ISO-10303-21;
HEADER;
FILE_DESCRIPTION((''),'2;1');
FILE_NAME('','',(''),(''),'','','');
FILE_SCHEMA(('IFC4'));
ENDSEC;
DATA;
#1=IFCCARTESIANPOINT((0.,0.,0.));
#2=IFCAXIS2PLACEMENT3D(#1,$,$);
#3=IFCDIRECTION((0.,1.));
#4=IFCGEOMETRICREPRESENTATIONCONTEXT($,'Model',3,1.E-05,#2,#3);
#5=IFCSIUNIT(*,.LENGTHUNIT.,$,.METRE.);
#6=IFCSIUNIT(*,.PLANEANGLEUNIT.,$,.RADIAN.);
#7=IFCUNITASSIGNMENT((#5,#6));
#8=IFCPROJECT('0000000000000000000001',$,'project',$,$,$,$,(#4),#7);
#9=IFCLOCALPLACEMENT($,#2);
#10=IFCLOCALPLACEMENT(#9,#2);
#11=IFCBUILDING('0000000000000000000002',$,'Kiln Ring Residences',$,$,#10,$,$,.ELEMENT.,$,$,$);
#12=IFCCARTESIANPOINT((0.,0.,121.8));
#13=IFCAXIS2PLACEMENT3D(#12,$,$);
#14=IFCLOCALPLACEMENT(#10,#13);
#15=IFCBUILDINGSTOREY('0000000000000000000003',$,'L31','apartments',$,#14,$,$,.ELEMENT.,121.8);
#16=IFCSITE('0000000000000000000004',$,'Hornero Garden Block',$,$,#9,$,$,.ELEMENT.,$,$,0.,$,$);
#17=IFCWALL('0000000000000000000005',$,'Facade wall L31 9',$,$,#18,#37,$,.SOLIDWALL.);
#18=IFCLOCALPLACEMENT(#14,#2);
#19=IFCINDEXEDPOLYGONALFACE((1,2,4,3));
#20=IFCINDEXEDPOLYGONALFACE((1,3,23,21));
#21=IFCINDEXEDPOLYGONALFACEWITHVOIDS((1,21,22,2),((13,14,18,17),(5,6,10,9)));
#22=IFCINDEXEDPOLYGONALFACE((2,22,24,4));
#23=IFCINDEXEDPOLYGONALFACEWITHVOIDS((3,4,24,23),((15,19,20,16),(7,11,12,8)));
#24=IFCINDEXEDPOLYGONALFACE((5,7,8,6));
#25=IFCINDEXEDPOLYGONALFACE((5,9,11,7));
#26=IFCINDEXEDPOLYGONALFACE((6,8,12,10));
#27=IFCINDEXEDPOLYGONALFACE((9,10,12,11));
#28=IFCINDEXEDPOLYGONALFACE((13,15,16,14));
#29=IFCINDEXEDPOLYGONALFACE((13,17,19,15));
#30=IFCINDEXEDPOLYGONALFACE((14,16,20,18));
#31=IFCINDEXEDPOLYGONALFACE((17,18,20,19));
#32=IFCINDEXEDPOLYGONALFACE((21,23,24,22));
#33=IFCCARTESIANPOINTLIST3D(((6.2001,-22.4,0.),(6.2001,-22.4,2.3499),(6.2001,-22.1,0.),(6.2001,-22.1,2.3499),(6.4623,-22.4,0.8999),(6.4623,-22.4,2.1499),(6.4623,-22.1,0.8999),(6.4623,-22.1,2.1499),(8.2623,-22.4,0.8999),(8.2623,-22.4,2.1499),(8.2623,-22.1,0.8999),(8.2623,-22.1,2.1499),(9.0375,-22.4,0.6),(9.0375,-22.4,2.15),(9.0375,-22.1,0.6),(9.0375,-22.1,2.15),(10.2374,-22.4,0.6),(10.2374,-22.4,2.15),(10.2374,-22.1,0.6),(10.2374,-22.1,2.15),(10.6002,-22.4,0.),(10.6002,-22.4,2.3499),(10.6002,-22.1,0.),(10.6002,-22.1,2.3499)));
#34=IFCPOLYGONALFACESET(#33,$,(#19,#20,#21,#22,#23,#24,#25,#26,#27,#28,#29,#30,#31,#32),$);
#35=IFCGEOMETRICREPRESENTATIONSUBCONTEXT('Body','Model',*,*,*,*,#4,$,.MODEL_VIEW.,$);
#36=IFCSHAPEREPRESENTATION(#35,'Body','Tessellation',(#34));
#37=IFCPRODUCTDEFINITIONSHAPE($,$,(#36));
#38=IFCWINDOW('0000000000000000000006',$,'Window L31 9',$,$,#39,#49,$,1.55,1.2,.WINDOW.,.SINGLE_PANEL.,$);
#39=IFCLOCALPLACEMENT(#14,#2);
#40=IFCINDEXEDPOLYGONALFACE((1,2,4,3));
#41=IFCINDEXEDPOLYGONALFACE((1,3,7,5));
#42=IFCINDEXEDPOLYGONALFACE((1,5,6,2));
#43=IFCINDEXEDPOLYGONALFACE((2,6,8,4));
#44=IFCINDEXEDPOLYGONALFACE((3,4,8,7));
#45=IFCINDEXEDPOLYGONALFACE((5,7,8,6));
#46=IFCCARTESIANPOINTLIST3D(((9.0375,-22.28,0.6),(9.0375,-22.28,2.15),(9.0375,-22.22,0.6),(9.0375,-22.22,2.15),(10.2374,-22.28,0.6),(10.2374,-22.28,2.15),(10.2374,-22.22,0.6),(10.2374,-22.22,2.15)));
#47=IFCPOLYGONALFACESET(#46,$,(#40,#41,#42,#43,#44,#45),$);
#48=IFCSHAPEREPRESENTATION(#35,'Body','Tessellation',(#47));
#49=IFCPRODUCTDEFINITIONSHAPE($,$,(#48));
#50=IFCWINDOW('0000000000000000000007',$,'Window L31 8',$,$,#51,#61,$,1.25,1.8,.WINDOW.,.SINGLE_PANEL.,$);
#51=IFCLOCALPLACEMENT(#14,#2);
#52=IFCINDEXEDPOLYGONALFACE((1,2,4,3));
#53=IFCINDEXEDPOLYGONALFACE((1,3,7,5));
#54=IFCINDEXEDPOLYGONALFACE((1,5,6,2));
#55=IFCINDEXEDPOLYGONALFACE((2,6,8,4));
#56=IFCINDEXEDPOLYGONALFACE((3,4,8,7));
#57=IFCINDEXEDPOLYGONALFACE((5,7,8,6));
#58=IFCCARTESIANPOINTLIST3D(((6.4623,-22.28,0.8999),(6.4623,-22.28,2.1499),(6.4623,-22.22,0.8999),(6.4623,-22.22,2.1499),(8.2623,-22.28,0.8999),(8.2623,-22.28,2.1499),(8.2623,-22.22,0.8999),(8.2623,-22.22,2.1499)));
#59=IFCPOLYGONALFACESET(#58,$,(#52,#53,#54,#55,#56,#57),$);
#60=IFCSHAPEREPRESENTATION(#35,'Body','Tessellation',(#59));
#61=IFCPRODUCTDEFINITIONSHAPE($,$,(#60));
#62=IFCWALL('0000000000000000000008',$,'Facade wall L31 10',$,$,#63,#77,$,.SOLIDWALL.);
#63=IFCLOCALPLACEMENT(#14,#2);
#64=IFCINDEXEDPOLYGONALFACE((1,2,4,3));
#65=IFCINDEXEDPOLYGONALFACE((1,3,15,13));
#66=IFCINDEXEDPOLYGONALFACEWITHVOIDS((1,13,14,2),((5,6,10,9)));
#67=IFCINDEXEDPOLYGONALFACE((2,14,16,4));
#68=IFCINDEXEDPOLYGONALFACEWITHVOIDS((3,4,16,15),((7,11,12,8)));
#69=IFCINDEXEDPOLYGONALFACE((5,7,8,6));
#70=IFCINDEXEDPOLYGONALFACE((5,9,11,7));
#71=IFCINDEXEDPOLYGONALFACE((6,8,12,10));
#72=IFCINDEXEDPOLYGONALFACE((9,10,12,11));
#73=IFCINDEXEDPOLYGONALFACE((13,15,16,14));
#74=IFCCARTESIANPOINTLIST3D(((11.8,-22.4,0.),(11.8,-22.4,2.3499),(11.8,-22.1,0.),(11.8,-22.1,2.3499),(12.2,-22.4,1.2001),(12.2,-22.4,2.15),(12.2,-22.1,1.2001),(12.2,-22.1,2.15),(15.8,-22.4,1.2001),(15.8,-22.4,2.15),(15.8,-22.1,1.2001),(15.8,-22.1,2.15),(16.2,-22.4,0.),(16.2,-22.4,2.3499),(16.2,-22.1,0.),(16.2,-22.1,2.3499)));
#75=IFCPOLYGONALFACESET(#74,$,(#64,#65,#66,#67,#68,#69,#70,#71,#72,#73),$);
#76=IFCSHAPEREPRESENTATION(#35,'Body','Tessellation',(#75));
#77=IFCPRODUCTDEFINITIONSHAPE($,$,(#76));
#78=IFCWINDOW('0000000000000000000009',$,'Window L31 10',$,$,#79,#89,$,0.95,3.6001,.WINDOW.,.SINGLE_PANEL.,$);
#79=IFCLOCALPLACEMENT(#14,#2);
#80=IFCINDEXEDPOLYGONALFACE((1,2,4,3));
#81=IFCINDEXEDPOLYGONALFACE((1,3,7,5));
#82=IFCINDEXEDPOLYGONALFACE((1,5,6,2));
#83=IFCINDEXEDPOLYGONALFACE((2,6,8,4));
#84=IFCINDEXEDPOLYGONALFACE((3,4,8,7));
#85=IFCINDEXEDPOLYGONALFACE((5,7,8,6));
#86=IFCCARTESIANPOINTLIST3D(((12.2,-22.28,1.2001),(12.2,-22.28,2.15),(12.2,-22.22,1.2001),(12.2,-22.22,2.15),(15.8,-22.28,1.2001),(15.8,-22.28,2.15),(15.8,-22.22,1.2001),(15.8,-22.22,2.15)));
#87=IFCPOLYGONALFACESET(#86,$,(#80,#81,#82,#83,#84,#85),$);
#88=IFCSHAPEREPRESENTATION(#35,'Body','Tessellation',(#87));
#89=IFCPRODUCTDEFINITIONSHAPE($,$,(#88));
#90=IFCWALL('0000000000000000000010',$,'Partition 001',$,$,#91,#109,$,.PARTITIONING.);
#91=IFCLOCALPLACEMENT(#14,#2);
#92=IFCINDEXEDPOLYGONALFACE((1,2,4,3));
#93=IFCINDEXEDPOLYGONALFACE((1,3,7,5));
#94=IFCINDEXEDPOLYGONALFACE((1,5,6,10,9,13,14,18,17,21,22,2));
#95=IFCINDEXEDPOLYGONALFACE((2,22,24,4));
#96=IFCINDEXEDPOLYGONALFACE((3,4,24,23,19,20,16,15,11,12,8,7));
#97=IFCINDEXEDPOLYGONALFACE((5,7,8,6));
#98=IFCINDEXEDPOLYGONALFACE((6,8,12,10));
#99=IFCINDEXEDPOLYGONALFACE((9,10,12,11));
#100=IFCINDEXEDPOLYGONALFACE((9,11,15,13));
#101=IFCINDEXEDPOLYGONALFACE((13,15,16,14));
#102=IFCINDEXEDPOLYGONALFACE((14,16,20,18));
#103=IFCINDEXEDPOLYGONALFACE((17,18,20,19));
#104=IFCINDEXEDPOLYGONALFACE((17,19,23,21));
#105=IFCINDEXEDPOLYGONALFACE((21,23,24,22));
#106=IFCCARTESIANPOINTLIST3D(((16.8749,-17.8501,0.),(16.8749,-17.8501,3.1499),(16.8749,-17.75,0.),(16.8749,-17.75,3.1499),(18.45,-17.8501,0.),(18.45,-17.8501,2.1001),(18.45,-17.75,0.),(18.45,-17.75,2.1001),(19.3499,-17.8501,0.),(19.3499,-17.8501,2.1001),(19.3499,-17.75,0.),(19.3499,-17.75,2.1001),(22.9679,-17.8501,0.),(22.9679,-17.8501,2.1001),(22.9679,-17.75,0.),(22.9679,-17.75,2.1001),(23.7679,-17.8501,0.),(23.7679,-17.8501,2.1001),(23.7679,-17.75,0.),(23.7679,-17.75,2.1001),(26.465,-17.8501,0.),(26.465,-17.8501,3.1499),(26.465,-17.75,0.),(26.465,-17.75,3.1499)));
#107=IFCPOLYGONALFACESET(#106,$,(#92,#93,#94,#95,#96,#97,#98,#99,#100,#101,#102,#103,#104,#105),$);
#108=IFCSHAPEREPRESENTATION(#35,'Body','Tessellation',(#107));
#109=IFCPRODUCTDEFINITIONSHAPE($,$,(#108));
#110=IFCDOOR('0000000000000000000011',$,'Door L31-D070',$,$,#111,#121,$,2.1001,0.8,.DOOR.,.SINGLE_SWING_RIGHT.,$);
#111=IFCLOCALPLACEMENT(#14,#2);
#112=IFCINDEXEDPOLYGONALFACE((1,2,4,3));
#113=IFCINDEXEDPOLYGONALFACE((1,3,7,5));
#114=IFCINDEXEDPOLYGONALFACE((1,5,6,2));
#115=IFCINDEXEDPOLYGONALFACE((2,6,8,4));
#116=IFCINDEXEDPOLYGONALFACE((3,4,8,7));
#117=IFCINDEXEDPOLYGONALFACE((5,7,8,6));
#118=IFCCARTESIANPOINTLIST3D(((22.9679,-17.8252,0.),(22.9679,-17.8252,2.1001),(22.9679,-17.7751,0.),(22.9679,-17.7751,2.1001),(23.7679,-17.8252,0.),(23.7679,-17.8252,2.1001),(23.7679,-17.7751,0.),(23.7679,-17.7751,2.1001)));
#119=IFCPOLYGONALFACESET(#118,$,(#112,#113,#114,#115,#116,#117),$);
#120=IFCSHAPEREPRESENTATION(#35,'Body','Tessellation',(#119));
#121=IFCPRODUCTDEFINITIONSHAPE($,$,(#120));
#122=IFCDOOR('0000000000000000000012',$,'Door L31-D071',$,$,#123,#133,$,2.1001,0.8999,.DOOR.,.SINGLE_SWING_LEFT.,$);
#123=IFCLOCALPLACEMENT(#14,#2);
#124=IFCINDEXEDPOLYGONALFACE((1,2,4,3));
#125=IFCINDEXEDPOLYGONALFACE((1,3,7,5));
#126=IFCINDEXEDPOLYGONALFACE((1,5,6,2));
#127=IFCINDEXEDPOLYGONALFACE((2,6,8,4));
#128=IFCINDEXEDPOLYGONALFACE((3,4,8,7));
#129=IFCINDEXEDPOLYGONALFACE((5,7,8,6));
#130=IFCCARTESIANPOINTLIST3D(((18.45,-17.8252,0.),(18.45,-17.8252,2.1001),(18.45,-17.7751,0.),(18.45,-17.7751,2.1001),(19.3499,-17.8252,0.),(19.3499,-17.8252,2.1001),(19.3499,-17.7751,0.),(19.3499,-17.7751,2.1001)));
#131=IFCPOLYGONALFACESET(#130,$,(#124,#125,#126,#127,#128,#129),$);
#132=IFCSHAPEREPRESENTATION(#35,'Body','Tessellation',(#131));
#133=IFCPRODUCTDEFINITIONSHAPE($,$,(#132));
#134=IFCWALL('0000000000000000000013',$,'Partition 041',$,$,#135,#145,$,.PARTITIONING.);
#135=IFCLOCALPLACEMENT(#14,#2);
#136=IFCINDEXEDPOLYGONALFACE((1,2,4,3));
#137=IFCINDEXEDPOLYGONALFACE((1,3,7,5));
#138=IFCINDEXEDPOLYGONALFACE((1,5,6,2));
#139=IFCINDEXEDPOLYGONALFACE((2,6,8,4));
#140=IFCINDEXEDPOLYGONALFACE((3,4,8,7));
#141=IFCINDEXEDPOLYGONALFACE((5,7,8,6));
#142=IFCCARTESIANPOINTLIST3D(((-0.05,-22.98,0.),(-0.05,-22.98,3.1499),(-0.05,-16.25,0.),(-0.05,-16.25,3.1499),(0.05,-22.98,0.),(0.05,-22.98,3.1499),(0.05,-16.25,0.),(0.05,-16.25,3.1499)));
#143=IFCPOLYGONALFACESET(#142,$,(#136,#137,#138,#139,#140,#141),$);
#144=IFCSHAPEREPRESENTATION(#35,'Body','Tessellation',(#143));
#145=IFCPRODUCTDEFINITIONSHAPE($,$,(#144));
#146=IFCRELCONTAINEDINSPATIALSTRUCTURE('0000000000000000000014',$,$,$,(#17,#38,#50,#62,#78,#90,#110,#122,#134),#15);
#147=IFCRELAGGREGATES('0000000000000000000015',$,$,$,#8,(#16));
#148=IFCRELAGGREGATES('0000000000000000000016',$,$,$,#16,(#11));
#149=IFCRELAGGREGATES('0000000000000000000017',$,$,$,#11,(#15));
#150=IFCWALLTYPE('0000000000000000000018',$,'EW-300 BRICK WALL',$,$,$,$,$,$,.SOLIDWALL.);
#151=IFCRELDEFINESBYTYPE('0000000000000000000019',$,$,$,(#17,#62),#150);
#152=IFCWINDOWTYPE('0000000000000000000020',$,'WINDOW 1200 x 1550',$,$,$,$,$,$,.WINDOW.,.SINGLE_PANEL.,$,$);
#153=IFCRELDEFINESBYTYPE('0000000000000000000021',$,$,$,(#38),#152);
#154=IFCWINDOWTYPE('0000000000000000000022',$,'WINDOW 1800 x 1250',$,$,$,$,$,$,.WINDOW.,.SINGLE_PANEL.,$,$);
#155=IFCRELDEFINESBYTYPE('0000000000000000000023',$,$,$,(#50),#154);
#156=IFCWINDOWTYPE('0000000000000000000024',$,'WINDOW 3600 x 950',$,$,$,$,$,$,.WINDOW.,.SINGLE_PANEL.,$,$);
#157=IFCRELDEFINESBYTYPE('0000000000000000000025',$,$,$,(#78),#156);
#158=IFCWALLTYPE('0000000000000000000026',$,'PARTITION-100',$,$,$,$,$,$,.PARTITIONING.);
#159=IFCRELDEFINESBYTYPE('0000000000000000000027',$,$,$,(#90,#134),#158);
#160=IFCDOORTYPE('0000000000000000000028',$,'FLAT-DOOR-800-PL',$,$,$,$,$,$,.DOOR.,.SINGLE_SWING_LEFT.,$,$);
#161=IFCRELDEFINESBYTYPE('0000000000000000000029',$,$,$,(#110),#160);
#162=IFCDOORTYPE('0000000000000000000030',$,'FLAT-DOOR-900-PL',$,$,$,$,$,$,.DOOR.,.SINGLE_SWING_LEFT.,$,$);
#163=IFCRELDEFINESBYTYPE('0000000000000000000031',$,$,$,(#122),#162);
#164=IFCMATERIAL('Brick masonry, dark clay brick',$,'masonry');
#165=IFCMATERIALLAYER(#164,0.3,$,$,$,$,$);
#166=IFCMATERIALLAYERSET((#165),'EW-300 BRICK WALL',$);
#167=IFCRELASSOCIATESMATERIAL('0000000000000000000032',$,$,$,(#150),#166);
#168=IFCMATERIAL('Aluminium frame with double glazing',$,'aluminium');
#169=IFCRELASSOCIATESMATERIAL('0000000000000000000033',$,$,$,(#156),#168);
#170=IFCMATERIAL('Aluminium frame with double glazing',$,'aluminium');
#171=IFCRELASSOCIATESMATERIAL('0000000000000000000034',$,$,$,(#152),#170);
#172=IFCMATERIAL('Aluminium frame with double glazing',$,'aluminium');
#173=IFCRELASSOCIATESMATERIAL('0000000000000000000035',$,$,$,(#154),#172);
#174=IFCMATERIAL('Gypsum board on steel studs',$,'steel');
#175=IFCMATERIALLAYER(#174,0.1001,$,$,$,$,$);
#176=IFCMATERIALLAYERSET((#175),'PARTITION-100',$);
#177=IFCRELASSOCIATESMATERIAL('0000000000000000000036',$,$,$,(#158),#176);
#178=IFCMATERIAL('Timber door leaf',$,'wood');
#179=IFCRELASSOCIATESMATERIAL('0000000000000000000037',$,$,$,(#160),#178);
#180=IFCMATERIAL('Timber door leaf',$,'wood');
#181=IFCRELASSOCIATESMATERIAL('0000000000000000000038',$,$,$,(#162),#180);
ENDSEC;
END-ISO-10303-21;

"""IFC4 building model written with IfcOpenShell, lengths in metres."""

from ifc_helpers import new_model, si_unit, direction, frame, frame_2d, origin, place, context, subcontext, project, spatial, rectangle, extrude, material, layer, layer_set, type_object, element, fill, save


model = new_model("IFC4")

# Units and contexts
model_context = context("Model", 3, precision=1e-05, world=origin(), true_north=direction((0.0, 1.0)))
body_context = subcontext(model_context, "Body", "Model", "MODEL_VIEW")
ifc_project = project(units=[si_unit("LENGTHUNIT", "METRE"), si_unit("PLANEANGLEUNIT", "RADIAN")], contexts=[model_context])

# Site, building, storey
site_placement = place(None, origin())
site = spatial("IfcSite", under=ifc_project, at=site_placement, Name="Hornero Garden Block", CompositionType="ELEMENT", RefElevation=0.0)
building_placement = place(site_placement, origin())
building = spatial("IfcBuilding", under=site, at=building_placement, Name="Kiln Ring Residences", CompositionType="ELEMENT")
storey_placement = place(building_placement, frame((0.0, 0.0, 121.8)))
storey = spatial("IfcBuildingStorey", under=building, at=storey_placement, Name="L31", Description="apartments", CompositionType="ELEMENT", Elevation=121.8)

# Shared definitions
ifc_material_1 = material(Name="Brick masonry, dark clay brick", Category="masonry")
ifc_layer_1 = layer(ifc_material_1, 0.3)
ifc_layer_set_1 = layer_set([ifc_layer_1], Name="EW-300 BRICK WALL")
wall_type_1 = type_object("IfcWallType", Name="EW-300 BRICK WALL", PredefinedType="SOLIDWALL", material=ifc_layer_set_1)
ifc_material_2 = material(Name="Aluminium frame with double glazing", Category="aluminium")
window_type_1 = type_object("IfcWindowType", Name="WINDOW 3600 x 950", PartitioningType="SINGLE_PANEL", PredefinedType="WINDOW", material=ifc_material_2)

# Wall, openings, windows
wall_1_placement = place(storey_placement, frame((6.2, -22.25, 0.0), z_axis=(0.0, 0.0, 1.0), x_axis=(1.0, 0.0, 0.0)))
wall_1 = element("IfcWall", 1, at=wall_1_placement, inside=storey, type_object=wall_type_1, Name="Facade wall L31 9", PredefinedType="SOLIDWALL", context=body_context, shape_type="SweptSolid", body=[
    extrude(rectangle(XDim=4.4001, YDim=0.3, at=frame_2d((2.2002, 0.0))), origin(), (0.0, 0.0, 1.0), 2.3499),
])
opening_1_placement = place(wall_1_placement, frame((0.2625, 0.0, 0.8999)))
opening_1 = element("IfcOpeningElement", 2, at=opening_1_placement, cuts=wall_1, PredefinedType="OPENING", context=body_context, shape_type="SweptSolid", body=[
    extrude(rectangle(XDim=1.8, YDim=1.25, at=frame_2d((0.8999, 0.625))), frame((0.0, 0.1599, 0.0), z_axis=(0.0, -1.0, 0.0), x_axis=(1.0, 0.0, 0.0)), (0.0, 0.0, 1.0), 0.3201),
])
opening_2_placement = place(wall_1_placement, frame((2.8374, 0.0, 0.6001)))
opening_2 = element("IfcOpeningElement", 3, at=opening_2_placement, cuts=wall_1, PredefinedType="OPENING", context=body_context, shape_type="SweptSolid", body=[
    extrude(rectangle(XDim=1.2, YDim=1.55, at=frame_2d((0.6001, 0.7749))), frame((0.0, 0.1599, 0.0), z_axis=(0.0, -1.0, 0.0), x_axis=(1.0, 0.0, 0.0)), (0.0, 0.0, 1.0), 0.3201),
])
ifc_material_3 = material(Name="Aluminium frame with double glazing", Category="aluminium")
window_type_2 = type_object("IfcWindowType", Name="WINDOW 1200 x 1550", PartitioningType="SINGLE_PANEL", PredefinedType="WINDOW", material=ifc_material_3)
window_1_placement = place(opening_2_placement, origin())
window_1 = element("IfcWindow", 4, at=window_1_placement, inside=storey, type_object=window_type_2, Name="Window L31 9", OverallHeight=1.55, OverallWidth=1.2, PartitioningType="SINGLE_PANEL", PredefinedType="WINDOW", context=body_context, shape_type="SweptSolid", body=[
    extrude(rectangle(XDim=1.2, YDim=1.55, at=frame_2d((0.6001, 0.7749))), frame((0.0, 0.03, 0.0), z_axis=(0.0, -1.0, 0.0), x_axis=(1.0, 0.0, 0.0)), (0.0, 0.0, 1.0), 0.0601),
])
fill(opening_2, window_1)
ifc_material_4 = material(Name="Aluminium frame with double glazing", Category="aluminium")
window_type_3 = type_object("IfcWindowType", Name="WINDOW 1800 x 1250", PartitioningType="SINGLE_PANEL", PredefinedType="WINDOW", material=ifc_material_4)
window_2_placement = place(opening_1_placement, origin())
window_2 = element("IfcWindow", 5, at=window_2_placement, inside=storey, type_object=window_type_3, Name="Window L31 8", OverallHeight=1.25, OverallWidth=1.8, PartitioningType="SINGLE_PANEL", PredefinedType="WINDOW", context=body_context, shape_type="SweptSolid", body=[
    extrude(rectangle(XDim=1.8, YDim=1.25, at=frame_2d((0.8999, 0.625))), frame((0.0, 0.03, 0.0), z_axis=(0.0, -1.0, 0.0), x_axis=(1.0, 0.0, 0.0)), (0.0, 0.0, 1.0), 0.0601),
])
fill(opening_1, window_2)

# Wall, opening, window
wall_2_placement = place(storey_placement, frame((11.8, -22.25, 0.0), z_axis=(0.0, 0.0, 1.0), x_axis=(1.0, 0.0, 0.0)))
wall_2 = element("IfcWall", 6, at=wall_2_placement, inside=storey, type_object=wall_type_1, Name="Facade wall L31 10", PredefinedType="SOLIDWALL", context=body_context, shape_type="SweptSolid", body=[
    extrude(rectangle(XDim=4.3999, YDim=0.3, at=frame_2d((2.2, 0.0))), origin(), (0.0, 0.0, 1.0), 2.3499),
])
opening_3_placement = place(wall_2_placement, frame((0.3999, 0.0, 1.2)))
opening_3 = element("IfcOpeningElement", 7, at=opening_3_placement, cuts=wall_2, PredefinedType="OPENING", context=body_context, shape_type="SweptSolid", body=[
    extrude(rectangle(XDim=3.6001, YDim=0.95, at=frame_2d((1.8, 0.4751))), frame((0.0, 0.1599, 0.0), z_axis=(0.0, -1.0, 0.0), x_axis=(1.0, 0.0, 0.0)), (0.0, 0.0, 1.0), 0.3201),
])
window_3_placement = place(opening_3_placement, origin())
window_3 = element("IfcWindow", 8, at=window_3_placement, inside=storey, type_object=window_type_1, Name="Window L31 10", OverallHeight=0.95, OverallWidth=3.6001, PartitioningType="SINGLE_PANEL", PredefinedType="WINDOW", context=body_context, shape_type="SweptSolid", body=[
    extrude(rectangle(XDim=3.6001, YDim=0.95, at=frame_2d((1.8, 0.4751))), frame((0.0, 0.03, 0.0), z_axis=(0.0, -1.0, 0.0), x_axis=(1.0, 0.0, 0.0)), (0.0, 0.0, 1.0), 0.0601),
])
fill(opening_3, window_3)

# Wall, openings, doors
ifc_material_5 = material(Name="Gypsum board on steel studs", Category="steel")
ifc_layer_2 = layer(ifc_material_5, 0.1001)
ifc_layer_set_2 = layer_set([ifc_layer_2], Name="PARTITION-100")
wall_type_2 = type_object("IfcWallType", Name="PARTITION-100", PredefinedType="PARTITIONING", material=ifc_layer_set_2)
wall_3_placement = place(storey_placement, frame((16.875, -17.8, 0.0), z_axis=(0.0, 0.0, 1.0), x_axis=(1.0, 0.0, 0.0)))
wall_3 = element("IfcWall", 9, at=wall_3_placement, inside=storey, type_object=wall_type_2, Name="Partition 001", PredefinedType="PARTITIONING", context=body_context, shape_type="SweptSolid", body=[
    extrude(rectangle(XDim=9.5901, YDim=0.1001, at=frame_2d((4.7949, 0.0))), origin(), (0.0, 0.0, 1.0), 3.1499),
])
opening_4_placement = place(wall_3_placement, frame((6.093, 0.0, 0.0)))
opening_4 = element("IfcOpeningElement", 10, at=opening_4_placement, cuts=wall_3, PredefinedType="OPENING", context=body_context, shape_type="SweptSolid", body=[
    extrude(rectangle(XDim=0.8, YDim=2.1001, at=frame_2d((0.3999, 1.05))), frame((0.0, 0.0601, 0.0), z_axis=(0.0, -1.0, 0.0), x_axis=(1.0, 0.0, 0.0)), (0.0, 0.0, 1.0), 0.1201),
])
opening_5_placement = place(wall_3_placement, frame((1.575, 0.0, 0.0)))
opening_5 = element("IfcOpeningElement", 11, at=opening_5_placement, cuts=wall_3, PredefinedType="OPENING", context=body_context, shape_type="SweptSolid", body=[
    extrude(rectangle(XDim=0.8999, YDim=2.1001, at=frame_2d((0.45, 1.05))), frame((0.0, 0.0601, 0.0), z_axis=(0.0, -1.0, 0.0), x_axis=(1.0, 0.0, 0.0)), (0.0, 0.0, 1.0), 0.1201),
])
ifc_material_6 = material(Name="Timber door leaf", Category="wood")
door_type_1 = type_object("IfcDoorType", Name="FLAT-DOOR-800-PL", OperationType="SINGLE_SWING_LEFT", PredefinedType="DOOR", material=ifc_material_6)
door_1_placement = place(opening_4_placement, origin())
door_1 = element("IfcDoor", 12, at=door_1_placement, inside=storey, type_object=door_type_1, Name="Door L31-D070", OperationType="SINGLE_SWING_RIGHT", OverallHeight=2.1001, OverallWidth=0.8, PredefinedType="DOOR", context=body_context, shape_type="SweptSolid", body=[
    extrude(rectangle(XDim=0.8, YDim=2.1001, at=frame_2d((0.3999, 1.05))), frame((0.0, 0.0249, 0.0), z_axis=(0.0, -1.0, 0.0), x_axis=(1.0, 0.0, 0.0)), (0.0, 0.0, 1.0), 0.05),
])
fill(opening_4, door_1)
ifc_material_7 = material(Name="Timber door leaf", Category="wood")
door_type_2 = type_object("IfcDoorType", Name="FLAT-DOOR-900-PL", OperationType="SINGLE_SWING_LEFT", PredefinedType="DOOR", material=ifc_material_7)
door_2_placement = place(opening_5_placement, origin())
door_2 = element("IfcDoor", 13, at=door_2_placement, inside=storey, type_object=door_type_2, Name="Door L31-D071", OperationType="SINGLE_SWING_LEFT", OverallHeight=2.1001, OverallWidth=0.8999, PredefinedType="DOOR", context=body_context, shape_type="SweptSolid", body=[
    extrude(rectangle(XDim=0.8999, YDim=2.1001, at=frame_2d((0.45, 1.05))), frame((0.0, 0.0249, 0.0), z_axis=(0.0, -1.0, 0.0), x_axis=(1.0, 0.0, 0.0)), (0.0, 0.0, 1.0), 0.05),
])
fill(opening_5, door_2)

# Wall
wall_4_placement = place(storey_placement, frame((0.0, -22.98, 0.0), z_axis=(0.0, 0.0, 1.0), x_axis=(0.0, 1.0, 0.0)))
element("IfcWall", 14, at=wall_4_placement, inside=storey, type_object=wall_type_2, Name="Partition 041", PredefinedType="PARTITIONING", context=body_context, shape_type="SweptSolid", body=[
    extrude(rectangle(XDim=6.73, YDim=0.1001, at=frame_2d((3.365, 0.0))), origin(), (0.0, 0.0, 1.0), 3.1499),
])

save(model, "model.ifc")
